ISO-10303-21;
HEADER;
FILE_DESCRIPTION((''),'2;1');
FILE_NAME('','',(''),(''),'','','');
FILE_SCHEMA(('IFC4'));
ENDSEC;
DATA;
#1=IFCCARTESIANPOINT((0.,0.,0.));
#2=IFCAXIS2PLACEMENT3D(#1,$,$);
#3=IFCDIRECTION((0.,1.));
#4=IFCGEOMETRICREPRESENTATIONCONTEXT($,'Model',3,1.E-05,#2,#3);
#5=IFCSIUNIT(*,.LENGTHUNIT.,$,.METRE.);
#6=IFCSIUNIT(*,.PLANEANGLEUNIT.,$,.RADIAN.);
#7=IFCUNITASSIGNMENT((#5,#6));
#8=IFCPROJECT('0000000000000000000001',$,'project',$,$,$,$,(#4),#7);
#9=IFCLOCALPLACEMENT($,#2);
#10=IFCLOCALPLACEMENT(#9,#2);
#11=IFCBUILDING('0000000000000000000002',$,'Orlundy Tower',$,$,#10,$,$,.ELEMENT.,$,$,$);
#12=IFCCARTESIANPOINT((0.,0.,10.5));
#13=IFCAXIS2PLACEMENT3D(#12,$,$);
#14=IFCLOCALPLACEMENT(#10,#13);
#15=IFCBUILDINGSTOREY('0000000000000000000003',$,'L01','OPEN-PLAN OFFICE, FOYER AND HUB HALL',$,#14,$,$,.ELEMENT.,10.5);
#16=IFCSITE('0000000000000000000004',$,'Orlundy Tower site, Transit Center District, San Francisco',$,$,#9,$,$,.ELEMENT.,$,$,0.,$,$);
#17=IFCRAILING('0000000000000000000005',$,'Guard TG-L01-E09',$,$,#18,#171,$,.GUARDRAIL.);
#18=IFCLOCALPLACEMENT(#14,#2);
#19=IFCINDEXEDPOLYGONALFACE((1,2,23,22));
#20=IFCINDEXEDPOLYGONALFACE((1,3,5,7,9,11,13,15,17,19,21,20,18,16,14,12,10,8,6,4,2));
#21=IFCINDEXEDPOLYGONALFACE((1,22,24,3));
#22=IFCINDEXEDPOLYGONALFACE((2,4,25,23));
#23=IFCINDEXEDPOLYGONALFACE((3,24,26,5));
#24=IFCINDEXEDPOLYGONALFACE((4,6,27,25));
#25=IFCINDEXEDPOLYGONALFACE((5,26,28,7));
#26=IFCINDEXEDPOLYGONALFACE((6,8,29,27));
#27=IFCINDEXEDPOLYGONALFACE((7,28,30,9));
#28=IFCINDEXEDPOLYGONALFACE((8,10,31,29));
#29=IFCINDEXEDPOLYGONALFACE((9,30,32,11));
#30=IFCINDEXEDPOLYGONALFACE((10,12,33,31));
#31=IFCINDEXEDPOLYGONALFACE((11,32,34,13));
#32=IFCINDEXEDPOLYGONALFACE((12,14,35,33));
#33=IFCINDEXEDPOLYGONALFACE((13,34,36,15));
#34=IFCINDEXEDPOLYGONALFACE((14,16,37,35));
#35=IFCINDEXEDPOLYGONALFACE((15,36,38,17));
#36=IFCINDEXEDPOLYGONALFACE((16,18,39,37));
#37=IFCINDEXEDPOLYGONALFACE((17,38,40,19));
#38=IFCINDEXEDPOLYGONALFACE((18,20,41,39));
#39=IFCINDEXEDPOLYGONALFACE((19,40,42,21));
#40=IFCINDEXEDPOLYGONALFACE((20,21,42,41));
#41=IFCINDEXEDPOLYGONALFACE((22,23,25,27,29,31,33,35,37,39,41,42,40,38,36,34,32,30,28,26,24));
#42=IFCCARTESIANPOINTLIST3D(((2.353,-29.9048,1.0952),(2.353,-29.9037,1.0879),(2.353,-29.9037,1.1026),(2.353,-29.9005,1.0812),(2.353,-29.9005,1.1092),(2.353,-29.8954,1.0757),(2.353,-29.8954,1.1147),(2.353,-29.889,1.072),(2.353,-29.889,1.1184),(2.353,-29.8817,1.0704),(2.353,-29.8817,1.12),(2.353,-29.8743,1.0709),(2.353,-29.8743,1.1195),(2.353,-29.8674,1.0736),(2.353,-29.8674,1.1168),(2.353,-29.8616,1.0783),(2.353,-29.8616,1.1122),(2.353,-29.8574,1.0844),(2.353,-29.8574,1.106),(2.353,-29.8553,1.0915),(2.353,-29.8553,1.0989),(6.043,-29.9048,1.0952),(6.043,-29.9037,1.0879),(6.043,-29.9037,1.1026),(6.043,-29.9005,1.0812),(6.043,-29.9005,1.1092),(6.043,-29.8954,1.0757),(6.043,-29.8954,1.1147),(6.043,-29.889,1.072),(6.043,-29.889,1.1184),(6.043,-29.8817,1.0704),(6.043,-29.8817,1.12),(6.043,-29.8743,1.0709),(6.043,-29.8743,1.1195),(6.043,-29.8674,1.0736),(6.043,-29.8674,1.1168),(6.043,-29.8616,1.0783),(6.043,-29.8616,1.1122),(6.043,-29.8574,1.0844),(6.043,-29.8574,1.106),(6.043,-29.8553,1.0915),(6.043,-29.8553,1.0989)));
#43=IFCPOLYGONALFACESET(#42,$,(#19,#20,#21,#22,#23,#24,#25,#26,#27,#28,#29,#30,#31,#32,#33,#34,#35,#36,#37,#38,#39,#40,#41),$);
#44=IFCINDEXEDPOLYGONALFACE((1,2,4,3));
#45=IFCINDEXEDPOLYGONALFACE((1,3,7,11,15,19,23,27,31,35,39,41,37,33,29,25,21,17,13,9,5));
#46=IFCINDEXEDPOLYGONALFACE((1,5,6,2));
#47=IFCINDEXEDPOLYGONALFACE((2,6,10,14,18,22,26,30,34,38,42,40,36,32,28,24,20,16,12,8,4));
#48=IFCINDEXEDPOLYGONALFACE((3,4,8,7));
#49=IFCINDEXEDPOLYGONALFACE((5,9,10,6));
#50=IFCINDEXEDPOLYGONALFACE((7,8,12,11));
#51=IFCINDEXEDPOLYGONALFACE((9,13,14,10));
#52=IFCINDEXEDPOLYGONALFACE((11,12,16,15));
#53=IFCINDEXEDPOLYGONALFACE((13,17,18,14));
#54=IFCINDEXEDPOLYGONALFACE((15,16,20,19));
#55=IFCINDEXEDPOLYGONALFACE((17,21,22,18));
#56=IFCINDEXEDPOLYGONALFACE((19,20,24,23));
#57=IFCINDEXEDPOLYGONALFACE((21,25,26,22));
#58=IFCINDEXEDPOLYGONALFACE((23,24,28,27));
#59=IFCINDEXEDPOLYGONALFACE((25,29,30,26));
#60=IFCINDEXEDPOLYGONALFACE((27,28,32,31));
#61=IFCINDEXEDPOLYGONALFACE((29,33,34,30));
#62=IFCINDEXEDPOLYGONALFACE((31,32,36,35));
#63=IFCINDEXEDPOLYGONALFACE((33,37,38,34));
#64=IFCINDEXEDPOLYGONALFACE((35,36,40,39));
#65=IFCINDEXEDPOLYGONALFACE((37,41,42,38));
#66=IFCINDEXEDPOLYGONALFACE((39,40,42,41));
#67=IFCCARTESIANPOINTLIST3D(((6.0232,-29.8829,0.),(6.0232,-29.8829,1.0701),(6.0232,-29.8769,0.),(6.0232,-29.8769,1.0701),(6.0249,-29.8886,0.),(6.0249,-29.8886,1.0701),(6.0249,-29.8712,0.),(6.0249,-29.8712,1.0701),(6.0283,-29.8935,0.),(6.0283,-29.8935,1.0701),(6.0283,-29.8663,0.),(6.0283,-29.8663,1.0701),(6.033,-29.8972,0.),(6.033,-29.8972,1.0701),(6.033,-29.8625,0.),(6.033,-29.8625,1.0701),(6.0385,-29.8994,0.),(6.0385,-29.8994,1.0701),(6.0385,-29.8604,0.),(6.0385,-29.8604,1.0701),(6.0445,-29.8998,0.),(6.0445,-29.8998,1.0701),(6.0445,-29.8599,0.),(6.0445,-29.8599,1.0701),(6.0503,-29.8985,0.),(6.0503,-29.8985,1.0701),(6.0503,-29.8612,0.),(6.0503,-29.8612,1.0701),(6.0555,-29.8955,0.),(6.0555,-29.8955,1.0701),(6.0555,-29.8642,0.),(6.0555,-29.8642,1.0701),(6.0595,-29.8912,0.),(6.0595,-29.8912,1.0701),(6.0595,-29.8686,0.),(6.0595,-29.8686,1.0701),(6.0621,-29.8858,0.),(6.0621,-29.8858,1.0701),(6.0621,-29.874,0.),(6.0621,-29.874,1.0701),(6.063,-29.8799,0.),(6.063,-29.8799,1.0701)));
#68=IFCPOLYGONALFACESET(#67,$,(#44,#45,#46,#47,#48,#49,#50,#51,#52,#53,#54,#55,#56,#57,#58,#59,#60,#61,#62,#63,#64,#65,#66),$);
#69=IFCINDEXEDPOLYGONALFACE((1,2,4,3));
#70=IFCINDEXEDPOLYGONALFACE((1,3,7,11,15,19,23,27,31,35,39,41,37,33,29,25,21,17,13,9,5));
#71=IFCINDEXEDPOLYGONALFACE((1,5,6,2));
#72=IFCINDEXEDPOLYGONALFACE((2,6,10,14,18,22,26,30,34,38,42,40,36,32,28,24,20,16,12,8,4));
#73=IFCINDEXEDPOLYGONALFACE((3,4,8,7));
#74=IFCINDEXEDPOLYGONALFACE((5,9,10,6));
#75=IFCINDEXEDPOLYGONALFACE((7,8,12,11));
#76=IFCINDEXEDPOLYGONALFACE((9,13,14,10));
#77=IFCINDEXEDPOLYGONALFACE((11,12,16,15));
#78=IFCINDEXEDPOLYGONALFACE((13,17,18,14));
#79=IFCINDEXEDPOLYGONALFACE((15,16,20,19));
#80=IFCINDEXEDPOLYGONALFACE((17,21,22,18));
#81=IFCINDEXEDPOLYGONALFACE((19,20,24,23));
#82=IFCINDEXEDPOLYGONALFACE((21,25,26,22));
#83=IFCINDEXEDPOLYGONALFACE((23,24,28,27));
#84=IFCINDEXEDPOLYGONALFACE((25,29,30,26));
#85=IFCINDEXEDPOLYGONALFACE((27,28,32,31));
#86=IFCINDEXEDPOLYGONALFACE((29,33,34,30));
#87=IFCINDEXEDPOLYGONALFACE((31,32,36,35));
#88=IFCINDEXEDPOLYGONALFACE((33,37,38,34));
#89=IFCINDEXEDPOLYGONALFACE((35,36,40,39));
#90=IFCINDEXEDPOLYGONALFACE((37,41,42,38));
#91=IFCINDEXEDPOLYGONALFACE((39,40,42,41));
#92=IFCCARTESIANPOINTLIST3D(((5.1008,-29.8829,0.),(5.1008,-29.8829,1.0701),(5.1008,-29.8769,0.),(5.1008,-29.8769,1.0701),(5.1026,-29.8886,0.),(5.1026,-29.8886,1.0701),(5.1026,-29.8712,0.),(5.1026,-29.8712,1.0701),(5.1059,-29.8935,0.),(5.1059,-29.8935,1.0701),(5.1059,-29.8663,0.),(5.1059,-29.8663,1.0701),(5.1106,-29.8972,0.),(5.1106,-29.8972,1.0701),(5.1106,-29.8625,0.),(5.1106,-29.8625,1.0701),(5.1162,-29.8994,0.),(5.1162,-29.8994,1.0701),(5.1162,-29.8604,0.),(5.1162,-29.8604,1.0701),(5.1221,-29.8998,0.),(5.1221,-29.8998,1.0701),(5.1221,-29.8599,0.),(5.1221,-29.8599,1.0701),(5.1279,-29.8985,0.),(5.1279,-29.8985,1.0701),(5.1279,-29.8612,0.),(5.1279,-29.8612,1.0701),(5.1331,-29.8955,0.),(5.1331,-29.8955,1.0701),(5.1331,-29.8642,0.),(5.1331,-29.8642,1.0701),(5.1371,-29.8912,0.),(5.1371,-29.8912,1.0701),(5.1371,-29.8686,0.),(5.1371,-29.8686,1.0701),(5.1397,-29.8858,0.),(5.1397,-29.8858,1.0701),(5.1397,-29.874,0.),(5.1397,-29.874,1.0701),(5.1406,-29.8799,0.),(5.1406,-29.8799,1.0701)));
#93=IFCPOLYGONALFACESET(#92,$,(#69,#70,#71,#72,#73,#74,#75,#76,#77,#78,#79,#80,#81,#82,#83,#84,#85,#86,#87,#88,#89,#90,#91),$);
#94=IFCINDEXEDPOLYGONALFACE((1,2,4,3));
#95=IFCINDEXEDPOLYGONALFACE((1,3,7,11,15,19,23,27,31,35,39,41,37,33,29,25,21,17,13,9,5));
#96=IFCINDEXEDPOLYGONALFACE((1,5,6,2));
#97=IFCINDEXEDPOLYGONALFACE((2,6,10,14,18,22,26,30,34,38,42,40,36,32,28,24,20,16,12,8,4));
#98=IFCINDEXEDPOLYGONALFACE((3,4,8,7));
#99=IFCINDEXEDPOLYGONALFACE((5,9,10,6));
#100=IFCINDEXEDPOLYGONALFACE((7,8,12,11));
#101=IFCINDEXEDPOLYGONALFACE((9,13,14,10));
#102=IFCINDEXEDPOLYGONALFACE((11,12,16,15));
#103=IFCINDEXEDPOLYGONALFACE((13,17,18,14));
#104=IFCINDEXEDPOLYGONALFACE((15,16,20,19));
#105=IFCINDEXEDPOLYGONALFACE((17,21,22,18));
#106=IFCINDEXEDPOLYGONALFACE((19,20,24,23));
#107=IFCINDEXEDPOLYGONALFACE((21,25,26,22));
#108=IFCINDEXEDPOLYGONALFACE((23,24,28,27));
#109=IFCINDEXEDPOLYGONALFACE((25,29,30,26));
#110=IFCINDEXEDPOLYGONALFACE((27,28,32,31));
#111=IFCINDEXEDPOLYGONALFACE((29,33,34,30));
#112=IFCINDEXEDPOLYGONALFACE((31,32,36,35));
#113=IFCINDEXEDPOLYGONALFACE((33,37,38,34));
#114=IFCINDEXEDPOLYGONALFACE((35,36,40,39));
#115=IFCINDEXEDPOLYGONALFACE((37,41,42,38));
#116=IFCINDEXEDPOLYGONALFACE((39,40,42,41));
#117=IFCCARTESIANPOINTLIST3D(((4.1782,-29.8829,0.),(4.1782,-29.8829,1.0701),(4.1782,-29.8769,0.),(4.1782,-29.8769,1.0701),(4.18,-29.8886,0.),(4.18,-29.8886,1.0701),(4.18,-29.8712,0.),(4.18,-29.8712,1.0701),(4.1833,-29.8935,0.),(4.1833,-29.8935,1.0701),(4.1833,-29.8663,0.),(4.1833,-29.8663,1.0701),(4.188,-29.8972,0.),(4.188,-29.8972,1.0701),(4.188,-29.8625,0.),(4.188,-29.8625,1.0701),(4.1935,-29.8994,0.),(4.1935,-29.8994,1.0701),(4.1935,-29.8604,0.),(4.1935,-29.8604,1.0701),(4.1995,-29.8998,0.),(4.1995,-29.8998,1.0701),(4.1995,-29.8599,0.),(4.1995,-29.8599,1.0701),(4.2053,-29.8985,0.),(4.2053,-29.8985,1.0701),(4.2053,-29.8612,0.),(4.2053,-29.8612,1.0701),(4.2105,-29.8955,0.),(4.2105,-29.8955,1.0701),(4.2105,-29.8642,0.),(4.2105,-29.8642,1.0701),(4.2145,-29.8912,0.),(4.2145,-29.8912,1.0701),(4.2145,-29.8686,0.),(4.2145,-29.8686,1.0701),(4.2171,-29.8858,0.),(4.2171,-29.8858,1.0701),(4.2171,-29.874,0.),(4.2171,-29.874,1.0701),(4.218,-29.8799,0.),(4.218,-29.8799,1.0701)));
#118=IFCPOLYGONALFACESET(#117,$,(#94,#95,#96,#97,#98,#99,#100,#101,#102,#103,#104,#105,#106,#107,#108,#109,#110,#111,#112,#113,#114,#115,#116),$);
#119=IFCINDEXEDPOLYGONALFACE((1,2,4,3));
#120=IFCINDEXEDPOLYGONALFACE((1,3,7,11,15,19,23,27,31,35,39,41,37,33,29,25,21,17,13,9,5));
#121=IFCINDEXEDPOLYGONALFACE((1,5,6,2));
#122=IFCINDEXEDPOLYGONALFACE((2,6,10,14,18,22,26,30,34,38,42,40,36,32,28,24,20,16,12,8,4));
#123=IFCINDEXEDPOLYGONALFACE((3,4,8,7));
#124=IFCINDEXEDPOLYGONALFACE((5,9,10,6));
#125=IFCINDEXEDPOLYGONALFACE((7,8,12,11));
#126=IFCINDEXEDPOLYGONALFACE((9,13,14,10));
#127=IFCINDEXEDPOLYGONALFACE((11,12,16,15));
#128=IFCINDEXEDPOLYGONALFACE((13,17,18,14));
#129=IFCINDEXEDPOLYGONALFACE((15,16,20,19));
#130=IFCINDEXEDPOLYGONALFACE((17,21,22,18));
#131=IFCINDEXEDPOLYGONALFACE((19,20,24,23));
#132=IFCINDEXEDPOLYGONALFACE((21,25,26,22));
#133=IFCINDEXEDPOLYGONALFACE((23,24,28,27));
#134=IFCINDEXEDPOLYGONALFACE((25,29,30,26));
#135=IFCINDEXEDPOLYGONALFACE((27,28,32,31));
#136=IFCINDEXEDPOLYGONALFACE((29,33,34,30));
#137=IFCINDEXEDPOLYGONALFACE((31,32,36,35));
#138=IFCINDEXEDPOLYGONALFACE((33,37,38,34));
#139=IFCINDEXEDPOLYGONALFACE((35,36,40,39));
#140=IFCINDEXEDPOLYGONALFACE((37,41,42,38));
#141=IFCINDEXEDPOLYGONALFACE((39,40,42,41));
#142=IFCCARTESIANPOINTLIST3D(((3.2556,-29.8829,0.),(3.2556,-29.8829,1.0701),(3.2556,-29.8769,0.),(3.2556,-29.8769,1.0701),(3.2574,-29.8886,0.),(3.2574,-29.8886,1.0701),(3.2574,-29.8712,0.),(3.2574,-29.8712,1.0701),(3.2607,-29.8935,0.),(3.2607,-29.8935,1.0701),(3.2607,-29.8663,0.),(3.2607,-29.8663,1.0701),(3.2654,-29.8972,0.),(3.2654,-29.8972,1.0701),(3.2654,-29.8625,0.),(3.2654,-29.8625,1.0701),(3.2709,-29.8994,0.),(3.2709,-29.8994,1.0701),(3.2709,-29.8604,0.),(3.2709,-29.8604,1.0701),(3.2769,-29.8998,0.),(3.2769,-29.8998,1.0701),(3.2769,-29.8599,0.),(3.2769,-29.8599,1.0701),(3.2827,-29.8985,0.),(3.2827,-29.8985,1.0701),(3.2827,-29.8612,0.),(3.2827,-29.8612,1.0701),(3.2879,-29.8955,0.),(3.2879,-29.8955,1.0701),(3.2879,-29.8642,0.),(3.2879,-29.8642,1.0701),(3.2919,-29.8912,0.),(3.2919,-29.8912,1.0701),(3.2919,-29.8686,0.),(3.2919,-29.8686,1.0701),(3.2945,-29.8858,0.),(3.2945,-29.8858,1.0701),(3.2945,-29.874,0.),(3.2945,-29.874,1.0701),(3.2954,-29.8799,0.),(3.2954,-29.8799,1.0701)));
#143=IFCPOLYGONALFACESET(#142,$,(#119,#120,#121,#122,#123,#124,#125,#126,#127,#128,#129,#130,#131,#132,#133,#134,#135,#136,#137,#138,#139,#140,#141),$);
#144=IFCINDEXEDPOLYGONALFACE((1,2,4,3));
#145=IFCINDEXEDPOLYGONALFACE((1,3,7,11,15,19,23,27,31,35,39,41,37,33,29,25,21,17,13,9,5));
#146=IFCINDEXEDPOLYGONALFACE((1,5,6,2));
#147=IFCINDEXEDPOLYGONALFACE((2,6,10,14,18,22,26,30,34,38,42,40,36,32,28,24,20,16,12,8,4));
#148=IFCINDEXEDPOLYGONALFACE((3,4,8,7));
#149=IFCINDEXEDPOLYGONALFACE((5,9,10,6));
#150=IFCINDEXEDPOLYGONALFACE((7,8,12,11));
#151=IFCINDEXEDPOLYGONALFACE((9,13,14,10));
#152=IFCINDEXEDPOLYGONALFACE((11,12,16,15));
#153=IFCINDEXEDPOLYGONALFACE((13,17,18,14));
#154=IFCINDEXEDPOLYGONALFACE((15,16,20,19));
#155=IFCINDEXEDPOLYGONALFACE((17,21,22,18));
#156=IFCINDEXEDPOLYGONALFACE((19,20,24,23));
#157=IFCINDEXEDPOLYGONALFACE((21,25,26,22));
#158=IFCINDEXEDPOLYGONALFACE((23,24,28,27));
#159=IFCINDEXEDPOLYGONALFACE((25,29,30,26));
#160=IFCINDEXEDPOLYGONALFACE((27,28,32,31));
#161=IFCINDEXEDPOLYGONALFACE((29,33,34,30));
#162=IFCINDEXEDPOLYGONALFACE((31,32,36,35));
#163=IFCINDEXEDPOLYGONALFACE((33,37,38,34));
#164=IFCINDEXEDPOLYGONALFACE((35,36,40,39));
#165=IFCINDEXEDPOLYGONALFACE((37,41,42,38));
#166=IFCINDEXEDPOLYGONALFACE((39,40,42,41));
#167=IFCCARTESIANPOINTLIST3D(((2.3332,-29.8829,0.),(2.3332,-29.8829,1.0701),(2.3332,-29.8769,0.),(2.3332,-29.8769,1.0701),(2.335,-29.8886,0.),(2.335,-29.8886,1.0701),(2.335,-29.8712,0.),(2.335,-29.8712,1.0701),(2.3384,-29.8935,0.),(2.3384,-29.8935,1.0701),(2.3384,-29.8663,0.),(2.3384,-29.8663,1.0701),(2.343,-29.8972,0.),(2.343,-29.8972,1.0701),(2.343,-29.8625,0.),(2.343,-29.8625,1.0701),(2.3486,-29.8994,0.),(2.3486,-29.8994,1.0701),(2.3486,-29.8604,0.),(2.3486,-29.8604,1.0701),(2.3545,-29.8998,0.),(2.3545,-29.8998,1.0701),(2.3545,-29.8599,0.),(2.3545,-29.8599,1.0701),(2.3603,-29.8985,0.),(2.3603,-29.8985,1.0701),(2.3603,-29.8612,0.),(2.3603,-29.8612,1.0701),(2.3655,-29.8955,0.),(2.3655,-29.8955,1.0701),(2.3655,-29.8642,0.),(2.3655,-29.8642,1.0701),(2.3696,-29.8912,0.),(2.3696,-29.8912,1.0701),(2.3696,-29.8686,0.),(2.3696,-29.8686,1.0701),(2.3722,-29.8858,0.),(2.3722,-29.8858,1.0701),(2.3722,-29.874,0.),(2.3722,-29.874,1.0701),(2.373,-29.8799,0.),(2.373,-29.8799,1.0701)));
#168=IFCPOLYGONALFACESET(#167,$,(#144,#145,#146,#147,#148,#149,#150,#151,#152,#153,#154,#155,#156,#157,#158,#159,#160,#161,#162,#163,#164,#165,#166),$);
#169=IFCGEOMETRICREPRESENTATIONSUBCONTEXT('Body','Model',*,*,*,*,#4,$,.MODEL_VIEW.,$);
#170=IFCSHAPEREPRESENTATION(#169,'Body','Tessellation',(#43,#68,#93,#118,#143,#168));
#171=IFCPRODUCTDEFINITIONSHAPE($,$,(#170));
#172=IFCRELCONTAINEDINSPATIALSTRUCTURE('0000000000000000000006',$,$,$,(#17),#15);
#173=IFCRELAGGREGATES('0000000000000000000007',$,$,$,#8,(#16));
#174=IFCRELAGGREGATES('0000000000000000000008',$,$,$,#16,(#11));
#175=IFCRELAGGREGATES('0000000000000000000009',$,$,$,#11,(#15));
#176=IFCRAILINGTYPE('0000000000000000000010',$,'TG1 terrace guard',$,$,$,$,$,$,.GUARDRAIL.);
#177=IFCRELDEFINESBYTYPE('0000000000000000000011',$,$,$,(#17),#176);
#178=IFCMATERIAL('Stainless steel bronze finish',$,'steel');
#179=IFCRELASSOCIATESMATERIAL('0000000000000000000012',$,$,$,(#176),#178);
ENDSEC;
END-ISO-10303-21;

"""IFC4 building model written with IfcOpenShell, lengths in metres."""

from ifc_helpers import new_model, si_unit, direction, frame, origin, origin_2d, place, context, subcontext, project, spatial, circle, extrude, material, type_object, element, save


model = new_model("IFC4")

# Units and contexts
model_context = context("Model", 3, precision=1e-05, world=origin(), true_north=direction((0.0, 1.0)))
body_context = subcontext(model_context, "Body", "Model", "MODEL_VIEW")
ifc_project = project(units=[si_unit("LENGTHUNIT", "METRE"), si_unit("PLANEANGLEUNIT", "RADIAN")], contexts=[model_context])

# Site, building, storey
site_placement = place(None, origin())
site = spatial("IfcSite", under=ifc_project, at=site_placement, Name="Orlundy Tower site, Transit Center District, San Francisco", CompositionType="ELEMENT", RefElevation=0.0)
building_placement = place(site_placement, origin())
building = spatial("IfcBuilding", under=site, at=building_placement, Name="Orlundy Tower", CompositionType="ELEMENT")
storey_placement = place(building_placement, frame((0.0, 0.0, 10.5)))
storey = spatial("IfcBuildingStorey", under=building, at=storey_placement, Name="L01", Description="OPEN-PLAN OFFICE, FOYER AND HUB HALL", CompositionType="ELEMENT", Elevation=10.5)

# Railing
ifc_material_1 = material(Name="Stainless steel bronze finish", Category="steel")
railing_type = type_object("IfcRailingType", Name="TG1 terrace guard", PredefinedType="GUARDRAIL", material=ifc_material_1)
railing_placement = place(storey_placement, frame((6.043, -29.8799, 0.0)))
element("IfcRailing", 1, at=railing_placement, inside=storey, type_object=railing_type, Name="Guard TG-L01-E09", PredefinedType="GUARDRAIL", context=body_context, shape_type="SweptSolid", body=[
    extrude(circle(Radius=0.0249, at=origin_2d()), frame((0.0, 0.0, 1.0952), z_axis=(-1.0, 0.0, 0.0), x_axis=(0.0, -1.0, 0.0)), (0.0, 0.0, 1.0), 3.6899),
    extrude(circle(Radius=0.02, at=origin_2d()), origin(), (0.0, 0.0, 1.0), 1.0701),
    extrude(circle(Radius=0.02, at=origin_2d()), frame((-0.9224, 0.0, 0.0)), (0.0, 0.0, 1.0), 1.0701),
    extrude(circle(Radius=0.02, at=origin_2d()), frame((-1.845, 0.0, 0.0)), (0.0, 0.0, 1.0), 1.0701),
    extrude(circle(Radius=0.02, at=origin_2d()), frame((-2.7676, 0.0, 0.0)), (0.0, 0.0, 1.0), 1.0701),
    extrude(circle(Radius=0.02, at=origin_2d()), frame((-3.6899, 0.0, 0.0)), (0.0, 0.0, 1.0), 1.0701),
])

save(model, "model.ifc")
